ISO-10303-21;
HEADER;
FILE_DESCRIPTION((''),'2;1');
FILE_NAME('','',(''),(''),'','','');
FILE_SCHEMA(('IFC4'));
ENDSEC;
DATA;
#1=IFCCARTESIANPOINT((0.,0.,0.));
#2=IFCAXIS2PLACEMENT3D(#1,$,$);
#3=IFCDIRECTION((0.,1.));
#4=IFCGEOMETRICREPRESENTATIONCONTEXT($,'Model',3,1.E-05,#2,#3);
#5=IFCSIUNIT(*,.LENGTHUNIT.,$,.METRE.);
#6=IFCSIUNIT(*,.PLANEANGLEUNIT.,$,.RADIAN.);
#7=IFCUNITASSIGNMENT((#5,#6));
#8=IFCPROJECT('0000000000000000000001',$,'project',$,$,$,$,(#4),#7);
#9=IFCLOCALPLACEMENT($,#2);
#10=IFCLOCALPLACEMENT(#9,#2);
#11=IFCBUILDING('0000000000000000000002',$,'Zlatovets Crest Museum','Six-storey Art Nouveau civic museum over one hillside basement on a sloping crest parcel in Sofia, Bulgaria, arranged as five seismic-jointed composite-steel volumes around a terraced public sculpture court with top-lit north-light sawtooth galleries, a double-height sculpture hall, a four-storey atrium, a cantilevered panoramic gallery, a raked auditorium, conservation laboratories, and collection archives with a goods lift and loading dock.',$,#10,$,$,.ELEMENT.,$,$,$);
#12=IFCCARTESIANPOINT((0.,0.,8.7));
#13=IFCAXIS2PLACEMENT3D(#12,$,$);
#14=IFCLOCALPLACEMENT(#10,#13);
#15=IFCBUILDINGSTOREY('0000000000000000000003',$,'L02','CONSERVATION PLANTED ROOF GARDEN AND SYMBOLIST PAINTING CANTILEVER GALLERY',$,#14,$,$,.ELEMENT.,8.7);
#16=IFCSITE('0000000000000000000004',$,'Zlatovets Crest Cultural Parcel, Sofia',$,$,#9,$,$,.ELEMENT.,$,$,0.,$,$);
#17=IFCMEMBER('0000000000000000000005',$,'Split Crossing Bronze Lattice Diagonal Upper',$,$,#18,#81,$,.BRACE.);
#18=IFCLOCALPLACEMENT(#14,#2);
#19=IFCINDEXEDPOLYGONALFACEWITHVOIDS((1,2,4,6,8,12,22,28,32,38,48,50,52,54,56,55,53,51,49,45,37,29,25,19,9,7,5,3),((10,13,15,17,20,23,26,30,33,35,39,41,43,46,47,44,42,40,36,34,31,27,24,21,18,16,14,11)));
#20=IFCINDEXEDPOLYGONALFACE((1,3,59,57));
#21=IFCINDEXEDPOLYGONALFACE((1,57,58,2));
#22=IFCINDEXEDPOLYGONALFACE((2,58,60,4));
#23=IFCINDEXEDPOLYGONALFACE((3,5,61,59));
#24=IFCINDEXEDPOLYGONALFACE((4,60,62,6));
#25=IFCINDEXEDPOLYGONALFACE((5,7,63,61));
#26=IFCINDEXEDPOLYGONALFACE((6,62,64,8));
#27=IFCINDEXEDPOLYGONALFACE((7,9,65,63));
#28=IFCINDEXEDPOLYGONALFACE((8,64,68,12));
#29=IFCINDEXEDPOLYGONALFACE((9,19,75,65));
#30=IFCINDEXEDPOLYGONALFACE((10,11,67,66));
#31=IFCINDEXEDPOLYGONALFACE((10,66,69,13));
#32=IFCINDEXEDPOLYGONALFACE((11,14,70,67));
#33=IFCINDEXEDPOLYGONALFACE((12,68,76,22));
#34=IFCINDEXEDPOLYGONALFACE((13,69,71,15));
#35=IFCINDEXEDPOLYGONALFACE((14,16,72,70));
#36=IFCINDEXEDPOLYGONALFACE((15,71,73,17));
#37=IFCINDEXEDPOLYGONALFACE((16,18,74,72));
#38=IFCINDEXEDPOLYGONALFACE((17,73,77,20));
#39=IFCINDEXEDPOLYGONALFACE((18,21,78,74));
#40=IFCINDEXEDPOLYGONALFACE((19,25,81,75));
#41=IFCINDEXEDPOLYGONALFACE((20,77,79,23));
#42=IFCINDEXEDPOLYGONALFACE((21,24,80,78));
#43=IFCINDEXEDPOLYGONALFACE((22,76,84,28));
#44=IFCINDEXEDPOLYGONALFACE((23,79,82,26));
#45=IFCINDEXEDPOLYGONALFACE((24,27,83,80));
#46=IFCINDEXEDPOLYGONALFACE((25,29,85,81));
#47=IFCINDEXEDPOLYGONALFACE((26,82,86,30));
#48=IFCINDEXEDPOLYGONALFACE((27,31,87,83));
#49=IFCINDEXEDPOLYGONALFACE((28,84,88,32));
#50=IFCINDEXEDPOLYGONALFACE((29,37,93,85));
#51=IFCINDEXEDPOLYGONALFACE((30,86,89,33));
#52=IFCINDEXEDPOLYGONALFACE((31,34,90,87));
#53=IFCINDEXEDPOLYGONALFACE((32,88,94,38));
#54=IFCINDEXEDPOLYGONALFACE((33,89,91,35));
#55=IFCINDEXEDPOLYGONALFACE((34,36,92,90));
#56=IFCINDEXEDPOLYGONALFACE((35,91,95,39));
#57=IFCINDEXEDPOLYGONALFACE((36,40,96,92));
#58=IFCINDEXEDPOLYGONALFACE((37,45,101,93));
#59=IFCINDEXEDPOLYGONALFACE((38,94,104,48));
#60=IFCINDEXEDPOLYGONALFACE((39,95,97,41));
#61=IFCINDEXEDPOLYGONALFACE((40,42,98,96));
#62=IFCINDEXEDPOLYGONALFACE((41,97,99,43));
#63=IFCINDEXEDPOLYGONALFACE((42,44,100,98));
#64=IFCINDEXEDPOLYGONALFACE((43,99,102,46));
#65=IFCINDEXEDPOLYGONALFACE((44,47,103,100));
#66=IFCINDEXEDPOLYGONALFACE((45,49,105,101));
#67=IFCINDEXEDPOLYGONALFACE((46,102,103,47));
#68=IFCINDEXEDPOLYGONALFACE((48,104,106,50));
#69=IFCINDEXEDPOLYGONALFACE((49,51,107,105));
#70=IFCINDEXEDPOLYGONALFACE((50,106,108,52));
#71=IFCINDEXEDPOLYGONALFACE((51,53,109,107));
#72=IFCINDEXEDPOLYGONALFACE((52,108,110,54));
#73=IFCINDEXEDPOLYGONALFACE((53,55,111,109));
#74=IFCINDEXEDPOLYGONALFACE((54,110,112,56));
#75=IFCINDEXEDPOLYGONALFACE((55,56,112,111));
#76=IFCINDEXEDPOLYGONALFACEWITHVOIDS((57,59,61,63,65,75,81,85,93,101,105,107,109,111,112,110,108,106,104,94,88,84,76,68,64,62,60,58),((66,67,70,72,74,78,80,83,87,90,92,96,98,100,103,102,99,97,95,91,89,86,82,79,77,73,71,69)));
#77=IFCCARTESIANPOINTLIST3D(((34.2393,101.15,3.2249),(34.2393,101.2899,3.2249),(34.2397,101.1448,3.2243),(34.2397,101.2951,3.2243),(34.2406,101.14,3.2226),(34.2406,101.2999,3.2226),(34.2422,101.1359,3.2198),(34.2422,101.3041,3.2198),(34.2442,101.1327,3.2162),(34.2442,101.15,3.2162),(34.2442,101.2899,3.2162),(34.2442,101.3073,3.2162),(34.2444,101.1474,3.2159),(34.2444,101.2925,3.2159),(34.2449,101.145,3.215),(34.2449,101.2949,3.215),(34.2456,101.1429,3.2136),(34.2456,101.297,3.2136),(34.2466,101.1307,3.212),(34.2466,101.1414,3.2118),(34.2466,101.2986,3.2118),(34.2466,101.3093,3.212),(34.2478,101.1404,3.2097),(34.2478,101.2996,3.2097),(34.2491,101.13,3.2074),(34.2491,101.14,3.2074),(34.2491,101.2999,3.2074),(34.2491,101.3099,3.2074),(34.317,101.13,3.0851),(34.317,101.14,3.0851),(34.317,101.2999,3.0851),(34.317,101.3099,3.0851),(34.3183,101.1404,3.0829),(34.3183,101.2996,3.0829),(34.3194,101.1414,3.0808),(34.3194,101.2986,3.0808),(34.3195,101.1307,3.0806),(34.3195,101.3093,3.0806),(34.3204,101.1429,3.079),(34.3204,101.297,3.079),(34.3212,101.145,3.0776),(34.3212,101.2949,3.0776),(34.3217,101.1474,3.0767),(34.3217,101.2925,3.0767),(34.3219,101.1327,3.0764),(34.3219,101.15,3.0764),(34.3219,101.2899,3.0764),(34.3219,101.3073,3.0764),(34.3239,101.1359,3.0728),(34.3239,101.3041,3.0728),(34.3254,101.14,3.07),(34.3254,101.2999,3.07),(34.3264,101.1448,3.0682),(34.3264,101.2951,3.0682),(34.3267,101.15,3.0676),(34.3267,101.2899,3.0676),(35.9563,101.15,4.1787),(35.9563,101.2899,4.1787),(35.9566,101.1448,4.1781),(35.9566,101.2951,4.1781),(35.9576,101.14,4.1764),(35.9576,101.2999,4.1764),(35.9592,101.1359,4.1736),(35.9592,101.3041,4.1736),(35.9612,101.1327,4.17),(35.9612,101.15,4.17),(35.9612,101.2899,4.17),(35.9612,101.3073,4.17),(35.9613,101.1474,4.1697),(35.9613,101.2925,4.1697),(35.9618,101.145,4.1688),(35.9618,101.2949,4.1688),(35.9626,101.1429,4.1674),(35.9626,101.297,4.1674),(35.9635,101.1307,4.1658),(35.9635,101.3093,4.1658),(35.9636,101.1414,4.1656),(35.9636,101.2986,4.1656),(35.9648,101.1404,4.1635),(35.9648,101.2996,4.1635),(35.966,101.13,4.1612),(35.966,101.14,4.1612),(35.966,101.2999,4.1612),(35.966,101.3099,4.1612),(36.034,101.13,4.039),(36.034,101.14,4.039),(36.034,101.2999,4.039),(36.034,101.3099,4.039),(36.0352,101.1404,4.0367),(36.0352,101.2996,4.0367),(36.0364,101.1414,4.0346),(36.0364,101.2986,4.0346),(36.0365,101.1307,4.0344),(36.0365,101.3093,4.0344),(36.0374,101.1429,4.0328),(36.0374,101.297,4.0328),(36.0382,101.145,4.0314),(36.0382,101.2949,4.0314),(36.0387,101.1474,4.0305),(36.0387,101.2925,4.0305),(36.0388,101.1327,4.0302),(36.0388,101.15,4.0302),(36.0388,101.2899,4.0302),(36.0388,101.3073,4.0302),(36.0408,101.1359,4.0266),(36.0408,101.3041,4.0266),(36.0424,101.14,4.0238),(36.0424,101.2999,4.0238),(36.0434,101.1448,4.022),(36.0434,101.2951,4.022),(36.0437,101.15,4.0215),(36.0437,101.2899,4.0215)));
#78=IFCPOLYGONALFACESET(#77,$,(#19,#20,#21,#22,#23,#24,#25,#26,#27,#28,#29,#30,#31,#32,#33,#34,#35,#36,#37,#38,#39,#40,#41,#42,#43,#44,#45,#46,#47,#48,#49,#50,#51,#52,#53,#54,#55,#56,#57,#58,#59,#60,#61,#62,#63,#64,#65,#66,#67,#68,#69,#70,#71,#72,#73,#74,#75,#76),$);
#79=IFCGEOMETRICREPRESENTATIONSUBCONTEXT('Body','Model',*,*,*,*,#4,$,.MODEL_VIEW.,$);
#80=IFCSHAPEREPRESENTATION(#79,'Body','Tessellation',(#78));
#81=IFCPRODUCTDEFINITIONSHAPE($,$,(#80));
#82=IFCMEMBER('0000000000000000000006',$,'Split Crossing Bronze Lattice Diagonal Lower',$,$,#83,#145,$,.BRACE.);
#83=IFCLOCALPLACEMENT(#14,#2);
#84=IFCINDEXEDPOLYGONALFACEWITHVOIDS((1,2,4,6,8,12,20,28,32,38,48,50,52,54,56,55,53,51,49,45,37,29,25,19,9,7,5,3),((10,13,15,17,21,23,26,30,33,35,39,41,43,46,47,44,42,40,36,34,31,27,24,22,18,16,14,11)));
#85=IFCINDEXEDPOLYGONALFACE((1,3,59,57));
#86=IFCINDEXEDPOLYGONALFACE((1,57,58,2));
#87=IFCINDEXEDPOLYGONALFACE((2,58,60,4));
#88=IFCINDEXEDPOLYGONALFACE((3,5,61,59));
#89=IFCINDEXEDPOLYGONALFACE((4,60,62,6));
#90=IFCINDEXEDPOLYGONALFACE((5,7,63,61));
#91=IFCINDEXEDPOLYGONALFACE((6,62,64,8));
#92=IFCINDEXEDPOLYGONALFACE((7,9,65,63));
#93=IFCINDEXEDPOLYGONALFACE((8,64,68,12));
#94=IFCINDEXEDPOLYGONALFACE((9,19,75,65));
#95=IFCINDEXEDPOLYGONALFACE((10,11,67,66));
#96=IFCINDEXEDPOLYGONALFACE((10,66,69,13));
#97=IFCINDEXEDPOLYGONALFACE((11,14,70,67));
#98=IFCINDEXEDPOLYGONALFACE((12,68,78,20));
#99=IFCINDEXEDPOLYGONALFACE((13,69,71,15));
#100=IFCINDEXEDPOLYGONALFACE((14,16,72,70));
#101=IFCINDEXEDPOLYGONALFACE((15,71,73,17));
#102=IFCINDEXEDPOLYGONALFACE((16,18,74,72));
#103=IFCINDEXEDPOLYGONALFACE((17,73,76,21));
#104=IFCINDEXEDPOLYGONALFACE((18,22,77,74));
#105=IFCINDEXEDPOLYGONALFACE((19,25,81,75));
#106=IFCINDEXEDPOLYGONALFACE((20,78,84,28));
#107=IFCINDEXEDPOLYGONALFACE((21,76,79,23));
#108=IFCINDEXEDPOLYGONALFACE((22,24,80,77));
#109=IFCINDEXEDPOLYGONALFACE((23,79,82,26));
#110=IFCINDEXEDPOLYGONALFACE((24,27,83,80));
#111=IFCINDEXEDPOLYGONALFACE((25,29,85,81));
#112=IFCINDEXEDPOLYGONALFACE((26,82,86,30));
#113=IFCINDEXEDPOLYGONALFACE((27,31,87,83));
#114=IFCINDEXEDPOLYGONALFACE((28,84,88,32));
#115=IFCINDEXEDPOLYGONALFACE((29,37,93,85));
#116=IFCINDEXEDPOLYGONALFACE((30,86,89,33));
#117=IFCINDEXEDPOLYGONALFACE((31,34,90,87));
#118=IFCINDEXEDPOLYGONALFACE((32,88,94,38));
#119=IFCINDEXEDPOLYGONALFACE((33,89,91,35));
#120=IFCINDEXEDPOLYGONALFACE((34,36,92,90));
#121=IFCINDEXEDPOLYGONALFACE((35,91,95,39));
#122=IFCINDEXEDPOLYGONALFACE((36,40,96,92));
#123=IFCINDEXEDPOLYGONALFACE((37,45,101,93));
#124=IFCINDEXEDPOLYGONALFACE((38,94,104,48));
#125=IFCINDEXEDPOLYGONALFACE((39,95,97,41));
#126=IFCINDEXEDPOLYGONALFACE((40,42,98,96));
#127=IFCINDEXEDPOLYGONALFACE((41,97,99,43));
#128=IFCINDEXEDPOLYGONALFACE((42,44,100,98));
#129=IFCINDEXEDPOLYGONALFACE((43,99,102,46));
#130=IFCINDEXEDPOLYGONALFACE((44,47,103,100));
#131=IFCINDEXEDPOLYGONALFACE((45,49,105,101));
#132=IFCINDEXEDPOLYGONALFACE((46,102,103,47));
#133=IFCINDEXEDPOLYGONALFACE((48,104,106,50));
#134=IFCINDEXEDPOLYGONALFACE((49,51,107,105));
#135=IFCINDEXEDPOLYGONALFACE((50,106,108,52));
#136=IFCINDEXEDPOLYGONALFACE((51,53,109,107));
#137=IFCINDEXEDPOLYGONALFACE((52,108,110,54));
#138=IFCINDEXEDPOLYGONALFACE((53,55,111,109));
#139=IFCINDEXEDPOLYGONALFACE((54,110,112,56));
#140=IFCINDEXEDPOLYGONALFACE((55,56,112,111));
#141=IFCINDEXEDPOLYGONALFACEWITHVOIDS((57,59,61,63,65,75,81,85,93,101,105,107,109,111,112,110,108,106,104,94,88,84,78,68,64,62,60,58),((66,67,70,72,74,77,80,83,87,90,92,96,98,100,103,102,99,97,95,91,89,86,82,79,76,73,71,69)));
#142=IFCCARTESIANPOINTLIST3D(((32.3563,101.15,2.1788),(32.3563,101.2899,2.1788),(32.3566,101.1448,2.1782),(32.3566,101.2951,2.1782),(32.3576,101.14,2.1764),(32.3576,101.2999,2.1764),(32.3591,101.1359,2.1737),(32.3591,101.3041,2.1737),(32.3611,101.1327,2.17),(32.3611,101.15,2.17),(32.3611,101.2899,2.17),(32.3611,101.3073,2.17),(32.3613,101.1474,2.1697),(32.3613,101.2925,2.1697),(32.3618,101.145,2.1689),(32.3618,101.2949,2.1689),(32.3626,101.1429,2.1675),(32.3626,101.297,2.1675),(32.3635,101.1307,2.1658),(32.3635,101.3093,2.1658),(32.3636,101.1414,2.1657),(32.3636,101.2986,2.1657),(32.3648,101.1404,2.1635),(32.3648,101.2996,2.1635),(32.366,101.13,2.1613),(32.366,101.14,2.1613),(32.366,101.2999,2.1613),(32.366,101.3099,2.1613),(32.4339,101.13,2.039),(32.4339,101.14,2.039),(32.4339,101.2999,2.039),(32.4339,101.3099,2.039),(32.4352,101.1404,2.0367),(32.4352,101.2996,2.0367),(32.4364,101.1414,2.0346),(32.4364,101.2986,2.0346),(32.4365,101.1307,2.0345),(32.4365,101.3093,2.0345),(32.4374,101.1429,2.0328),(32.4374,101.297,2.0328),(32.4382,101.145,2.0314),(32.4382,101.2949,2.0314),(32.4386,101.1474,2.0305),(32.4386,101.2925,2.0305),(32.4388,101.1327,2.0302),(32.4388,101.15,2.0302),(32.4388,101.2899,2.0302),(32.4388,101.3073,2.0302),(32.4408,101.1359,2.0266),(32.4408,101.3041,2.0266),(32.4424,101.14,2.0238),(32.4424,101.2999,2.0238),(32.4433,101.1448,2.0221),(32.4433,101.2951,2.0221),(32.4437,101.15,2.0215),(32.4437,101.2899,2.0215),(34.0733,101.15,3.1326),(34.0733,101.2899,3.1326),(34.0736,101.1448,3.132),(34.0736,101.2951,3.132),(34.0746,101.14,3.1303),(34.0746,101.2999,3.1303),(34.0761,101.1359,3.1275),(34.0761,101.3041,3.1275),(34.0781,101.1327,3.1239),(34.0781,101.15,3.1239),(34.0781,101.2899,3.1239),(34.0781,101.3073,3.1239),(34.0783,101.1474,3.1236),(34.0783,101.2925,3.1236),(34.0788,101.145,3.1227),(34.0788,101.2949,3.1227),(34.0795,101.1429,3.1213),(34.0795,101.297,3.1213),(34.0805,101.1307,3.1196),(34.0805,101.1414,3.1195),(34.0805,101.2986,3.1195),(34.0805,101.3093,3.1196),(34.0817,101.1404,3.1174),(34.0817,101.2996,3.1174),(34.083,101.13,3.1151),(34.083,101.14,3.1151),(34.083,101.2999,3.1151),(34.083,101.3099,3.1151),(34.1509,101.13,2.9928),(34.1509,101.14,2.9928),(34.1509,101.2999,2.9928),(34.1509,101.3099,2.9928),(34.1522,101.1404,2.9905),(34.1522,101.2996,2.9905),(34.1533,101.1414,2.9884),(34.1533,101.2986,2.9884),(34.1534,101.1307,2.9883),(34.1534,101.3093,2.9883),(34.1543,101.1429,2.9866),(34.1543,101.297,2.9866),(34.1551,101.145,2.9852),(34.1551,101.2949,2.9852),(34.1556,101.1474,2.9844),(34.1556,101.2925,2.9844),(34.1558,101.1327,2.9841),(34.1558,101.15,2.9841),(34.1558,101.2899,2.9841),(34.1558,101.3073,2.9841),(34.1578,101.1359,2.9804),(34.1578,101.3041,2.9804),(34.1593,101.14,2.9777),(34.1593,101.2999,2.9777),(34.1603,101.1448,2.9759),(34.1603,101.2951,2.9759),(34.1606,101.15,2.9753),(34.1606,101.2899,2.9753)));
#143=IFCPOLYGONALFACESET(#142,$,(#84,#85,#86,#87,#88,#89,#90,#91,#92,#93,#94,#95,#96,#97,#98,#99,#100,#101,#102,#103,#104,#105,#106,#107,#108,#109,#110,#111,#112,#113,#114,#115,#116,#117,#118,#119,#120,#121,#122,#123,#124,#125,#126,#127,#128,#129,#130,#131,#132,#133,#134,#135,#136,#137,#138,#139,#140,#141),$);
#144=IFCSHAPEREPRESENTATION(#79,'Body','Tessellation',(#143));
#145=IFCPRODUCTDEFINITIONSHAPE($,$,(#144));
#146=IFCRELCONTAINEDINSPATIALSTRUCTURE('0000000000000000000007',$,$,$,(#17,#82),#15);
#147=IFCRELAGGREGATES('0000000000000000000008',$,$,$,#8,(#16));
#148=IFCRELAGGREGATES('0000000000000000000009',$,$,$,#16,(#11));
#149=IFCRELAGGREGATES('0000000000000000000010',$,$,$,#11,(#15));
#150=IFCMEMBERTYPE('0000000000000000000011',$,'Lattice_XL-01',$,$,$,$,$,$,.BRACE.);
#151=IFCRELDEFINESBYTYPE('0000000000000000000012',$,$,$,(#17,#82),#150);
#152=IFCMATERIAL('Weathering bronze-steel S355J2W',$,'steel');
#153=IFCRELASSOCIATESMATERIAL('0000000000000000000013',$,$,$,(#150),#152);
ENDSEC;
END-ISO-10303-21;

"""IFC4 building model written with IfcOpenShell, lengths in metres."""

from ifc_helpers import new_model, si_unit, direction, frame, origin, origin_2d, place, context, subcontext, project, spatial, hollow_rectangle, extrude, material, material_profile, profile_set, type_object, element, save


model = new_model("IFC4")

# Units and contexts
model_context = context("Model", 3, precision=1e-05, world=origin(), true_north=direction((0.0, 1.0)))
body_context = subcontext(model_context, "Body", "Model", "MODEL_VIEW")
ifc_project = project(units=[si_unit("LENGTHUNIT", "METRE"), si_unit("PLANEANGLEUNIT", "RADIAN")], contexts=[model_context])

# Site, building, storey
site_placement = place(None, origin())
site = spatial("IfcSite", under=ifc_project, at=site_placement, Name="Zlatovets Crest Cultural Parcel, Sofia", CompositionType="ELEMENT", RefElevation=0.0)
building_placement = place(site_placement, origin())
building = spatial("IfcBuilding", under=site, at=building_placement, Name="Zlatovets Crest Museum", Description="Six-storey Art Nouveau civic museum over one hillside basement on a sloping crest parcel in Sofia, Bulgaria, arranged as five seismic-jointed composite-steel volumes around a terraced public sculpture court with top-lit north-light sawtooth galleries, a double-height sculpture hall, a four-storey atrium, a cantilevered panoramic gallery, a raked auditorium, conservation laboratories, and collection archives with a goods lift and loading dock.", CompositionType="ELEMENT")
storey_placement = place(building_placement, frame((0.0, 0.0, 8.7)))
storey = spatial("IfcBuildingStorey", under=building, at=storey_placement, Name="L02", Description="CONSERVATION PLANTED ROOF GARDEN AND SYMBOLIST PAINTING CANTILEVER GALLERY", CompositionType="ELEMENT", Elevation=8.7)

# Members
ifc_material_1 = material(Name="Weathering bronze-steel S355J2W", Category="steel")
ifc_material_profile_1 = material_profile(ifc_material_1, hollow_rectangle(XDim=0.1799, YDim=0.1799, WallThickness=0.01, InnerFilletRadius=0.01, OuterFilletRadius=0.02, at=origin_2d()), Name="SHS 180x180x10.0")
ifc_profile_set_1 = profile_set([ifc_material_profile_1], Name="Weathering bronze-steel S355J2W")
member_type_1 = type_object("IfcMemberType", Name="Lattice_XL-01", PredefinedType="BRACE", material=ifc_profile_set_1)
for number, where, z_axis, x_axis, name in (
    (1, (36.0, 101.22, 4.1001), (-0.874169, 0.0, -0.485622), (0.0, -1.0, 0.0), "Split Crossing Bronze Lattice Diagonal Upper"),
    (2, (34.1169, 101.22, 3.054), (-0.874169, 0.0, -0.485622), (0.0, -1.0, 0.0), "Split Crossing Bronze Lattice Diagonal Lower"),
):
    element("IfcMember", number, at=place(storey_placement, frame(where, z_axis=z_axis, x_axis=x_axis)), inside=storey, type_object=member_type_1, Name=name, PredefinedType="BRACE", context=body_context, shape_type="SweptSolid", body=[
        extrude(hollow_rectangle(XDim=0.1799, YDim=0.1799, WallThickness=0.01, InnerFilletRadius=0.01, OuterFilletRadius=0.02, at=origin_2d()), origin(), (0.0, 0.0, 1.0), 1.9641),
    ])

save(model, "model.ifc")
